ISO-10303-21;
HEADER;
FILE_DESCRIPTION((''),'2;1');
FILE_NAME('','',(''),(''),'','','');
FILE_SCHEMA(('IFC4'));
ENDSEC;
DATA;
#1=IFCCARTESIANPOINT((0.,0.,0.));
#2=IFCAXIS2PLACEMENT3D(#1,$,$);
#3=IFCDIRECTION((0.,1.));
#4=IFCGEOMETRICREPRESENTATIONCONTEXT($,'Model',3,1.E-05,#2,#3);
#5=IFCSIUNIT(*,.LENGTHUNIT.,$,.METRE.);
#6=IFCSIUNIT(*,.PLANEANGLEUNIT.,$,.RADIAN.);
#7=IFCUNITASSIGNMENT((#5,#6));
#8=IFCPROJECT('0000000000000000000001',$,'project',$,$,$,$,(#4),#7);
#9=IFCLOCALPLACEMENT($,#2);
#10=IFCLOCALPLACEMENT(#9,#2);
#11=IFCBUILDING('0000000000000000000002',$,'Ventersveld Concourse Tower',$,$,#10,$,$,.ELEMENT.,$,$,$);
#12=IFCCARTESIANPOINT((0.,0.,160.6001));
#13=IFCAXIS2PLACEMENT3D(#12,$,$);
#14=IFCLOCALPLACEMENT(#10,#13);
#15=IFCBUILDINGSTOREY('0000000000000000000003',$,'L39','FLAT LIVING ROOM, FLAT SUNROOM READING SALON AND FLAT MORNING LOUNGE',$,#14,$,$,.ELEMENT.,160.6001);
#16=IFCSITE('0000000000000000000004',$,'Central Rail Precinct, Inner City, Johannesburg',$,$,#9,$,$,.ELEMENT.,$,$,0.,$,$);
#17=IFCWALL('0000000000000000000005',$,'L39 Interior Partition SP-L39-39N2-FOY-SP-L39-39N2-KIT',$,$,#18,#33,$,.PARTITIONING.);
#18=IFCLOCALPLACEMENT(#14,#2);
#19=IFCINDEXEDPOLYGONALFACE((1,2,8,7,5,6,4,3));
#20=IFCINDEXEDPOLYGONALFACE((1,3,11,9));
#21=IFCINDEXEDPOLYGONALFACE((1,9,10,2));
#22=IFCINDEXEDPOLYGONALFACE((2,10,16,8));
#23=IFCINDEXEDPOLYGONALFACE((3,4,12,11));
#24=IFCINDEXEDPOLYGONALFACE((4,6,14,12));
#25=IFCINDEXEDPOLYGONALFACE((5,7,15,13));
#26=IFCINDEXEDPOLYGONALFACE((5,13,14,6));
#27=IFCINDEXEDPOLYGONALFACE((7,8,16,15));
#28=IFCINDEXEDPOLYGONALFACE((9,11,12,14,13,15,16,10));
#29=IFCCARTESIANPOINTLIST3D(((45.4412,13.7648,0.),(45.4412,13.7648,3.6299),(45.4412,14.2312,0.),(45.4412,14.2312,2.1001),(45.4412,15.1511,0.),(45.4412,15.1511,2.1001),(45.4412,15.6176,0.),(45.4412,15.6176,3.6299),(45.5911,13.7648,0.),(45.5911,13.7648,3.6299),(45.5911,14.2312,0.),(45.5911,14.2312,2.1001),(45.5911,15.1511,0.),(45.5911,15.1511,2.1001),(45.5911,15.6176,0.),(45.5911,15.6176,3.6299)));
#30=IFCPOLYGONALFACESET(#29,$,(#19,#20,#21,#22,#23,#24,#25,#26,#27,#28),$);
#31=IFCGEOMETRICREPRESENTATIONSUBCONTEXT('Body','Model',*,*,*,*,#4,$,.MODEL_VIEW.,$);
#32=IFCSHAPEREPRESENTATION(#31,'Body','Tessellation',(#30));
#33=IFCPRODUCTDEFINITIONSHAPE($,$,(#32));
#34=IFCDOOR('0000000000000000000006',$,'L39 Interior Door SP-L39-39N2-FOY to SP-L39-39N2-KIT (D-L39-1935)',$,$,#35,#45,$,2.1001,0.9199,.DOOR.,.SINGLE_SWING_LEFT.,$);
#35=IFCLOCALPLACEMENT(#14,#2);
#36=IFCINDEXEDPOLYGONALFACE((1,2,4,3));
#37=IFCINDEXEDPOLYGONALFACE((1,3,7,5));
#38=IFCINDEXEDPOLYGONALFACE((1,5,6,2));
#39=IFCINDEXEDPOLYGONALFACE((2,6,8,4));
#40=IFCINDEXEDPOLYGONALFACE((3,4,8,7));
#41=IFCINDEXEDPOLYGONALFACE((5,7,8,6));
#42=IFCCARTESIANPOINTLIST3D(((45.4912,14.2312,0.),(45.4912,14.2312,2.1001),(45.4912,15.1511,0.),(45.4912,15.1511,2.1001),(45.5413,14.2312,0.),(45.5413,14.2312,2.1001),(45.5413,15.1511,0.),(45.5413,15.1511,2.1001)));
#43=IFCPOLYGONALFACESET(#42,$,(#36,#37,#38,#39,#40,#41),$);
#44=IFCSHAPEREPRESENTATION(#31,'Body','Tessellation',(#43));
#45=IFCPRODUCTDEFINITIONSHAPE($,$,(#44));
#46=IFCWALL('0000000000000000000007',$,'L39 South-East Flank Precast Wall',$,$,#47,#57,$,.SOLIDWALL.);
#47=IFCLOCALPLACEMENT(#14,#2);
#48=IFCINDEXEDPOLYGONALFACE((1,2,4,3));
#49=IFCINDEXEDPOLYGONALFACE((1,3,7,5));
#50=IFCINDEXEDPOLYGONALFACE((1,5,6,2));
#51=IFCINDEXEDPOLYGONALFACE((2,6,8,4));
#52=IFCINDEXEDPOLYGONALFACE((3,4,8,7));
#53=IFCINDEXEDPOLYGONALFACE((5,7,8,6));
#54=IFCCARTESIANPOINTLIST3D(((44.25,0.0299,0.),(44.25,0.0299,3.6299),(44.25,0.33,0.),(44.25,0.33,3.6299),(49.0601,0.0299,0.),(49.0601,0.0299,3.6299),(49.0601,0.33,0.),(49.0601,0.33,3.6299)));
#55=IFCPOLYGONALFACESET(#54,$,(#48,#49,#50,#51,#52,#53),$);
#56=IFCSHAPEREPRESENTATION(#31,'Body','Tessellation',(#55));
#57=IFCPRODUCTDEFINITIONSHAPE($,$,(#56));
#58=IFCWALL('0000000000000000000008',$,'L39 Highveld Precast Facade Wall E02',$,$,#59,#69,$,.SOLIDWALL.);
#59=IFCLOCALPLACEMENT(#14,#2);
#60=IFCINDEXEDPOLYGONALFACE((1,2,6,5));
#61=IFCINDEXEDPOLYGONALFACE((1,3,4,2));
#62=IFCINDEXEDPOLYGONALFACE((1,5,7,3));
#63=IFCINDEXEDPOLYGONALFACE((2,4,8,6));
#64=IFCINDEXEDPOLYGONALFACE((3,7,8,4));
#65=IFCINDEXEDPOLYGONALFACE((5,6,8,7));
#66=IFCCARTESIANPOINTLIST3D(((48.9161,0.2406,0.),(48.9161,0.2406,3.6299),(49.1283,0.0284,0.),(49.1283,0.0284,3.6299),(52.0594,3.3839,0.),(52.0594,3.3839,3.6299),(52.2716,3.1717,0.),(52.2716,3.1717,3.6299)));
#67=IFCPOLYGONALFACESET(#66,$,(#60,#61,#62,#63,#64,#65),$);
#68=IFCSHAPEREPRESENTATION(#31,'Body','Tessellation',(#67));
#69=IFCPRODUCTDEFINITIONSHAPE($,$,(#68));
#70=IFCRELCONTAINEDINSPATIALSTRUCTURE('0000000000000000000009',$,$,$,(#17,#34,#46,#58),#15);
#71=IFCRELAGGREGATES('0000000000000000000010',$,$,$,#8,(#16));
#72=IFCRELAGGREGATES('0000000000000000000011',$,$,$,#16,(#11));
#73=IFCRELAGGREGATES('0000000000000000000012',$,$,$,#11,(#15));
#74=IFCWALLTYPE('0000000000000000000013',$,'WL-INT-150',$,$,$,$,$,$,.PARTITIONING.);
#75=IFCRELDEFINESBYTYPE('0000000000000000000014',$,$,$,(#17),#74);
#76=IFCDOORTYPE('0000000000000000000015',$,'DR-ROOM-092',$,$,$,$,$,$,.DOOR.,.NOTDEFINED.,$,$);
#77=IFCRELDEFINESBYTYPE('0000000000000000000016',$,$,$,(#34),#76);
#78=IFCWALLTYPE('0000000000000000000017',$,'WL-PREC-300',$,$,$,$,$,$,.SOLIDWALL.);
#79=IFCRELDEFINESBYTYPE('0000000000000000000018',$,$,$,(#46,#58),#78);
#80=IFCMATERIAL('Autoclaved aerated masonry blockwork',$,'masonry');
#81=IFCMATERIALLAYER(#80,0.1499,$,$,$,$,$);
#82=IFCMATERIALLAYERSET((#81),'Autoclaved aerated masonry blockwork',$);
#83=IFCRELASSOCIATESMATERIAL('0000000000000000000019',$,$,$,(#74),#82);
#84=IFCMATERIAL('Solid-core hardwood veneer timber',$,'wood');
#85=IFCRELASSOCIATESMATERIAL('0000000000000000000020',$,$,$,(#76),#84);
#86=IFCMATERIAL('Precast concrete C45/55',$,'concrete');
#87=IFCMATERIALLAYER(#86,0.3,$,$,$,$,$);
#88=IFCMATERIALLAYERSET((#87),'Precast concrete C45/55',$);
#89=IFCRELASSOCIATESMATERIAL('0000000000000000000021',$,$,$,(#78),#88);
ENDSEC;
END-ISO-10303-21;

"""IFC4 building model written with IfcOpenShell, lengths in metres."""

from ifc_helpers import new_model, si_unit, direction, frame, frame_2d, origin, place, context, subcontext, project, spatial, rectangle, extrude, material, layer, layer_set, type_object, element, fill, save


model = new_model("IFC4")

# Units and contexts
model_context = context("Model", 3, precision=1e-05, world=origin(), true_north=direction((0.0, 1.0)))
body_context = subcontext(model_context, "Body", "Model", "MODEL_VIEW")
ifc_project = project(units=[si_unit("LENGTHUNIT", "METRE"), si_unit("PLANEANGLEUNIT", "RADIAN")], contexts=[model_context])

# Site, building, storey
site_placement = place(None, origin())
site = spatial("IfcSite", under=ifc_project, at=site_placement, Name="Central Rail Precinct, Inner City, Johannesburg", CompositionType="ELEMENT", RefElevation=0.0)
building_placement = place(site_placement, origin())
building = spatial("IfcBuilding", under=site, at=building_placement, Name="Ventersveld Concourse Tower", CompositionType="ELEMENT")
storey_placement = place(building_placement, frame((0.0, 0.0, 160.6001)))
storey = spatial("IfcBuildingStorey", under=building, at=storey_placement, Name="L39", Description="FLAT LIVING ROOM, FLAT SUNROOM READING SALON AND FLAT MORNING LOUNGE", CompositionType="ELEMENT", Elevation=160.6001)

# Wall, opening, door
ifc_material_1 = material(Name="Autoclaved aerated masonry blockwork", Category="masonry")
ifc_layer_1 = layer(ifc_material_1, 0.1499)
ifc_layer_set_1 = layer_set([ifc_layer_1], Name="Autoclaved aerated masonry blockwork")
wall_type_1 = type_object("IfcWallType", Name="WL-INT-150", PredefinedType="PARTITIONING", material=ifc_layer_set_1)
wall_1_placement = place(storey_placement, frame((45.5161, 13.7649, 0.0), z_axis=(0.0, 0.0, 1.0), x_axis=(0.0, 1.0, 0.0)))
wall_1 = element("IfcWall", 1, at=wall_1_placement, inside=storey, type_object=wall_type_1, Name="L39 Interior Partition SP-L39-39N2-FOY-SP-L39-39N2-KIT", PredefinedType="PARTITIONING", context=body_context, shape_type="SweptSolid", body=[
    extrude(rectangle(XDim=1.8528, YDim=0.1499, at=frame_2d((0.9263, 0.0))), origin(), (0.0, 0.0, 1.0), 3.6299),
])
opening_1_placement = place(wall_1_placement, frame((0.4663, 0.0, 0.0)))
opening_1 = element("IfcOpeningElement", 2, at=opening_1_placement, cuts=wall_1, PredefinedType="OPENING", context=body_context, shape_type="SweptSolid", body=[
    extrude(rectangle(XDim=0.9199, YDim=2.1001, at=frame_2d((0.46, 1.05))), frame((0.0, 0.085, 0.0), z_axis=(0.0, -1.0, 0.0), x_axis=(1.0, 0.0, 0.0)), (0.0, 0.0, 1.0), 0.1699),
])
ifc_material_2 = material(Name="Solid-core hardwood veneer timber", Category="wood")
door_type = type_object("IfcDoorType", Name="DR-ROOM-092", OperationType="NOTDEFINED", PredefinedType="DOOR", material=ifc_material_2)
door_placement = place(opening_1_placement, origin())
door = element("IfcDoor", 3, at=door_placement, inside=storey, type_object=door_type, Name="L39 Interior Door SP-L39-39N2-FOY to SP-L39-39N2-KIT (D-L39-1935)", OperationType="SINGLE_SWING_LEFT", OverallHeight=2.1001, OverallWidth=0.9199, PredefinedType="DOOR", context=body_context, shape_type="SweptSolid", body=[
    extrude(rectangle(XDim=0.9199, YDim=2.1001, at=frame_2d((0.46, 1.05))), frame((0.0, 0.0249, 0.0), z_axis=(0.0, -1.0, 0.0), x_axis=(1.0, 0.0, 0.0)), (0.0, 0.0, 1.0), 0.05),
])
fill(opening_1, door)

# Walls
ifc_material_3 = material(Name="Precast concrete C45/55", Category="concrete")
ifc_layer_2 = layer(ifc_material_3, 0.3)
ifc_layer_set_2 = layer_set([ifc_layer_2], Name="Precast concrete C45/55")
wall_type_2 = type_object("IfcWallType", Name="WL-PREC-300", PredefinedType="SOLIDWALL", material=ifc_layer_set_2)
wall_2_placement = place(storey_placement, frame((44.25, 0.1799, 0.0), z_axis=(0.0, 0.0, 1.0), x_axis=(1.0, 0.0, 0.0)))
element("IfcWall", 4, at=wall_2_placement, inside=storey, type_object=wall_type_2, Name="L39 South-East Flank Precast Wall", PredefinedType="SOLIDWALL", context=body_context, shape_type="SweptSolid", body=[
    extrude(rectangle(XDim=4.8101, YDim=0.3, at=frame_2d((2.405, 0.0))), origin(), (0.0, 0.0, 1.0), 3.6299),
])
wall_3_placement = place(storey_placement, frame((49.0222, 0.1345, 0.0), z_axis=(0.0, 0.0, 1.0), x_axis=(0.707107, 0.707107, 0.0)))
element("IfcWall", 5, at=wall_3_placement, inside=storey, type_object=wall_type_2, Name="L39 Highveld Precast Facade Wall E02", PredefinedType="SOLIDWALL", context=body_context, shape_type="SweptSolid", body=[
    extrude(rectangle(XDim=4.4453, YDim=0.3, at=frame_2d((2.2227, 0.0))), origin(), (0.0, 0.0, 1.0), 3.6299),
])

save(model, "model.ifc")
